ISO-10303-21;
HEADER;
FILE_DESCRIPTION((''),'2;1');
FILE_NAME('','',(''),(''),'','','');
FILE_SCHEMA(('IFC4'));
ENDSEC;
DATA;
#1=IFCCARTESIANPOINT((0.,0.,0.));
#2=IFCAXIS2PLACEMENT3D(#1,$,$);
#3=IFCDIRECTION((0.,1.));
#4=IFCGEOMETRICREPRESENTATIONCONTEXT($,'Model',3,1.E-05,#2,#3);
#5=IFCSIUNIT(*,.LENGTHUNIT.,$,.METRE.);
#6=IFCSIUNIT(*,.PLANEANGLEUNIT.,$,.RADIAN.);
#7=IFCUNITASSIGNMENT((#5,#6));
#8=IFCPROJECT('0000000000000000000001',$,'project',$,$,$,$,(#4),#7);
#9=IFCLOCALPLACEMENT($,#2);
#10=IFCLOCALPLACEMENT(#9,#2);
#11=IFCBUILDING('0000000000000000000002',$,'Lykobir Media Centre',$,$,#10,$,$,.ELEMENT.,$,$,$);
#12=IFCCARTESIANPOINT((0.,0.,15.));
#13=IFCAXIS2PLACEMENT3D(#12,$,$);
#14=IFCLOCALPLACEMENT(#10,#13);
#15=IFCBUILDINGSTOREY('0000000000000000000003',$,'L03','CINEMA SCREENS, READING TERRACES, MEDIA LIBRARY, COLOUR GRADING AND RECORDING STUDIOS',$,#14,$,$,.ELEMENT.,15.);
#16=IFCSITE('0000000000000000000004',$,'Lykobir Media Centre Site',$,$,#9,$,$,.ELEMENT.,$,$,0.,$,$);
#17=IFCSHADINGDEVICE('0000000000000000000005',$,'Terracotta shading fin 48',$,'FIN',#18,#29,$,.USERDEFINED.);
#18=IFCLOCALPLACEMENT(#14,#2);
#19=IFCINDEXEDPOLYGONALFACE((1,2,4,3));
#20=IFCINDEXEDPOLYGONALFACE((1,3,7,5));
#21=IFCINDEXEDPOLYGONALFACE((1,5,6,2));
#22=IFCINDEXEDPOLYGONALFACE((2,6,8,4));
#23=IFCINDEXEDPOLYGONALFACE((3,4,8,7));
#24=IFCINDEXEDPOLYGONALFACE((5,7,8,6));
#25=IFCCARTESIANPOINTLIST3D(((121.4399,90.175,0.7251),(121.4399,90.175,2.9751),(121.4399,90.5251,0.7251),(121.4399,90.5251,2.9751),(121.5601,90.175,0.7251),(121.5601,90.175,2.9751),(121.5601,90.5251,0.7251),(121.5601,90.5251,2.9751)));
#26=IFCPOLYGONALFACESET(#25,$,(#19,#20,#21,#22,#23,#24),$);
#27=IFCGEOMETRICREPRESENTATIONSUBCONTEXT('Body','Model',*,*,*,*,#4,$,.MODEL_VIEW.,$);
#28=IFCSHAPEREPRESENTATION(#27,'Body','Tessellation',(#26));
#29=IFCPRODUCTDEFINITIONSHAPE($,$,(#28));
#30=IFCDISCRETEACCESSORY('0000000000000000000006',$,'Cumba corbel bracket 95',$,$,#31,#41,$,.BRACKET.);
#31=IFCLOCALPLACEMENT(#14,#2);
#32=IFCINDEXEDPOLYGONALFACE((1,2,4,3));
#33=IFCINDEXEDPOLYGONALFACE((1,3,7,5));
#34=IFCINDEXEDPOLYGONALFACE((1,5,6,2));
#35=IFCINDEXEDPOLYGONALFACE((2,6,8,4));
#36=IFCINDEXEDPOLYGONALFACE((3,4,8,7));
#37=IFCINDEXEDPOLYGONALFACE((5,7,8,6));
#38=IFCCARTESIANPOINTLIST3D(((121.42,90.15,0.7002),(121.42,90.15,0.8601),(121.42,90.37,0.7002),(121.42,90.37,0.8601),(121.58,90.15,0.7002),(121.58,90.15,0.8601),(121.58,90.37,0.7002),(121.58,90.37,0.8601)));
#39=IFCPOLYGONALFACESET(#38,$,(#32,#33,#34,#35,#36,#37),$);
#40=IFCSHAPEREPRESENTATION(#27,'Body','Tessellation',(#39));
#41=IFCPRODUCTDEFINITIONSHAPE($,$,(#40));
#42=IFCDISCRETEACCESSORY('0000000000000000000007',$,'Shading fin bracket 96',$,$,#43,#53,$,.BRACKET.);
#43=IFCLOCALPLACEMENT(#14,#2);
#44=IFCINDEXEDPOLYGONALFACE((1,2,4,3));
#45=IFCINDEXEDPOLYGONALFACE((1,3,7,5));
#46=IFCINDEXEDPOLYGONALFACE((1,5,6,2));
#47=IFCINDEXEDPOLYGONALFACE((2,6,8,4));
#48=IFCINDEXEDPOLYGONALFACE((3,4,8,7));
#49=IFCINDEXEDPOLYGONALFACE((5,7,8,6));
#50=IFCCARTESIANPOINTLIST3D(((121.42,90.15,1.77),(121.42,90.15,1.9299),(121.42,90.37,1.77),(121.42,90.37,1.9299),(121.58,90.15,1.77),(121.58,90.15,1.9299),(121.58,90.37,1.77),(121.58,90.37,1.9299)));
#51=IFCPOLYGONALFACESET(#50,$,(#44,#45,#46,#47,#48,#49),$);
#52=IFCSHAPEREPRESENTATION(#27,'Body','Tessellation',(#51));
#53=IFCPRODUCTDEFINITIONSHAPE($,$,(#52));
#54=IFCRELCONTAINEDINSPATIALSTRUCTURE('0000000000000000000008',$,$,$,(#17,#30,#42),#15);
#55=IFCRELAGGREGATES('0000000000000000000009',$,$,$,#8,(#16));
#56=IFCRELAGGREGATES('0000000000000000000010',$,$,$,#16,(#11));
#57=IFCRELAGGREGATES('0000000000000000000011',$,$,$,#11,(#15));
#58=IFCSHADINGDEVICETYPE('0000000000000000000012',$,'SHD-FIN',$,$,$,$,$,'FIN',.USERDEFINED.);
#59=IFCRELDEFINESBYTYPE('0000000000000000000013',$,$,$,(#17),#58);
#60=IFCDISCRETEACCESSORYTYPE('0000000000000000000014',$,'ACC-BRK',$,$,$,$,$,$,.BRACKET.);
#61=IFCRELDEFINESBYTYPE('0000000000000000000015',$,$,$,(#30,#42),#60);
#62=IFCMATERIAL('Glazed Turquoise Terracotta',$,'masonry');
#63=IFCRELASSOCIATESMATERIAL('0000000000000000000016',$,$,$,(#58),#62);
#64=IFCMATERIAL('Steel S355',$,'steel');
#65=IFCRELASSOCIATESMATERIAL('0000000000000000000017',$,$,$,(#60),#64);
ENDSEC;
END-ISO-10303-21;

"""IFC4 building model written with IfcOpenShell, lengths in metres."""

from ifc_helpers import new_model, si_unit, direction, frame, origin, origin_2d, place, context, subcontext, project, spatial, rectangle, extrude, material, type_object, element, save


model = new_model("IFC4")

# Units and contexts
model_context = context("Model", 3, precision=1e-05, world=origin(), true_north=direction((0.0, 1.0)))
body_context = subcontext(model_context, "Body", "Model", "MODEL_VIEW")
ifc_project = project(units=[si_unit("LENGTHUNIT", "METRE"), si_unit("PLANEANGLEUNIT", "RADIAN")], contexts=[model_context])

# Site, building, storey
site_placement = place(None, origin())
site = spatial("IfcSite", under=ifc_project, at=site_placement, Name="Lykobir Media Centre Site", CompositionType="ELEMENT", RefElevation=0.0)
building_placement = place(site_placement, origin())
building = spatial("IfcBuilding", under=site, at=building_placement, Name="Lykobir Media Centre", CompositionType="ELEMENT")
storey_placement = place(building_placement, frame((0.0, 0.0, 15.0)))
storey = spatial("IfcBuildingStorey", under=building, at=storey_placement, Name="L03", Description="CINEMA SCREENS, READING TERRACES, MEDIA LIBRARY, COLOUR GRADING AND RECORDING STUDIOS", CompositionType="ELEMENT", Elevation=15.0)

# Shared definitions
ifc_material_1 = material(Name="Steel S355", Category="steel")

# Shared definitions
ifc_material_2 = material(Name="Glazed Turquoise Terracotta", Category="masonry")

# Shading device
shading_device_type = type_object("IfcShadingDeviceType", Name="SHD-FIN", ElementType="FIN", PredefinedType="USERDEFINED", material=ifc_material_2)
shading_device_placement = place(storey_placement, frame((121.5, 90.3501, 0.7251), z_axis=(0.0, 0.0, 1.0), x_axis=(-1.0, 0.0, 0.0)))
element("IfcShadingDevice", 1, at=shading_device_placement, inside=storey, type_object=shading_device_type, Name="Terracotta shading fin 48", ObjectType="FIN", PredefinedType="USERDEFINED", context=body_context, shape_type="SweptSolid", body=[
    extrude(rectangle(XDim=0.1201, YDim=0.3501, at=origin_2d()), origin(), (0.0, 0.0, 1.0), 2.25),
])

# Discrete accessories
discrete_accessory_type = type_object("IfcDiscreteAccessoryType", Name="ACC-BRK", PredefinedType="BRACKET", material=ifc_material_1)
for number, where, z_axis, x_axis, name in (
    (2, (121.5, 90.26, 0.7002), (0.0, 0.0, 1.0), (-1.0, 0.0, 0.0), "Cumba corbel bracket 95"),
    (3, (121.5, 90.26, 1.77), (0.0, 0.0, 1.0), (-1.0, 0.0, 0.0), "Shading fin bracket 96"),
):
    element("IfcDiscreteAccessory", number, at=place(storey_placement, frame(where, z_axis=z_axis, x_axis=x_axis)), inside=storey, type_object=discrete_accessory_type, Name=name, PredefinedType="BRACKET", context=body_context, shape_type="SweptSolid", body=[
        extrude(rectangle(XDim=0.1599, YDim=0.22, at=origin_2d()), origin(), (0.0, 0.0, 1.0), 0.1599),
    ])

save(model, "model.ifc")
